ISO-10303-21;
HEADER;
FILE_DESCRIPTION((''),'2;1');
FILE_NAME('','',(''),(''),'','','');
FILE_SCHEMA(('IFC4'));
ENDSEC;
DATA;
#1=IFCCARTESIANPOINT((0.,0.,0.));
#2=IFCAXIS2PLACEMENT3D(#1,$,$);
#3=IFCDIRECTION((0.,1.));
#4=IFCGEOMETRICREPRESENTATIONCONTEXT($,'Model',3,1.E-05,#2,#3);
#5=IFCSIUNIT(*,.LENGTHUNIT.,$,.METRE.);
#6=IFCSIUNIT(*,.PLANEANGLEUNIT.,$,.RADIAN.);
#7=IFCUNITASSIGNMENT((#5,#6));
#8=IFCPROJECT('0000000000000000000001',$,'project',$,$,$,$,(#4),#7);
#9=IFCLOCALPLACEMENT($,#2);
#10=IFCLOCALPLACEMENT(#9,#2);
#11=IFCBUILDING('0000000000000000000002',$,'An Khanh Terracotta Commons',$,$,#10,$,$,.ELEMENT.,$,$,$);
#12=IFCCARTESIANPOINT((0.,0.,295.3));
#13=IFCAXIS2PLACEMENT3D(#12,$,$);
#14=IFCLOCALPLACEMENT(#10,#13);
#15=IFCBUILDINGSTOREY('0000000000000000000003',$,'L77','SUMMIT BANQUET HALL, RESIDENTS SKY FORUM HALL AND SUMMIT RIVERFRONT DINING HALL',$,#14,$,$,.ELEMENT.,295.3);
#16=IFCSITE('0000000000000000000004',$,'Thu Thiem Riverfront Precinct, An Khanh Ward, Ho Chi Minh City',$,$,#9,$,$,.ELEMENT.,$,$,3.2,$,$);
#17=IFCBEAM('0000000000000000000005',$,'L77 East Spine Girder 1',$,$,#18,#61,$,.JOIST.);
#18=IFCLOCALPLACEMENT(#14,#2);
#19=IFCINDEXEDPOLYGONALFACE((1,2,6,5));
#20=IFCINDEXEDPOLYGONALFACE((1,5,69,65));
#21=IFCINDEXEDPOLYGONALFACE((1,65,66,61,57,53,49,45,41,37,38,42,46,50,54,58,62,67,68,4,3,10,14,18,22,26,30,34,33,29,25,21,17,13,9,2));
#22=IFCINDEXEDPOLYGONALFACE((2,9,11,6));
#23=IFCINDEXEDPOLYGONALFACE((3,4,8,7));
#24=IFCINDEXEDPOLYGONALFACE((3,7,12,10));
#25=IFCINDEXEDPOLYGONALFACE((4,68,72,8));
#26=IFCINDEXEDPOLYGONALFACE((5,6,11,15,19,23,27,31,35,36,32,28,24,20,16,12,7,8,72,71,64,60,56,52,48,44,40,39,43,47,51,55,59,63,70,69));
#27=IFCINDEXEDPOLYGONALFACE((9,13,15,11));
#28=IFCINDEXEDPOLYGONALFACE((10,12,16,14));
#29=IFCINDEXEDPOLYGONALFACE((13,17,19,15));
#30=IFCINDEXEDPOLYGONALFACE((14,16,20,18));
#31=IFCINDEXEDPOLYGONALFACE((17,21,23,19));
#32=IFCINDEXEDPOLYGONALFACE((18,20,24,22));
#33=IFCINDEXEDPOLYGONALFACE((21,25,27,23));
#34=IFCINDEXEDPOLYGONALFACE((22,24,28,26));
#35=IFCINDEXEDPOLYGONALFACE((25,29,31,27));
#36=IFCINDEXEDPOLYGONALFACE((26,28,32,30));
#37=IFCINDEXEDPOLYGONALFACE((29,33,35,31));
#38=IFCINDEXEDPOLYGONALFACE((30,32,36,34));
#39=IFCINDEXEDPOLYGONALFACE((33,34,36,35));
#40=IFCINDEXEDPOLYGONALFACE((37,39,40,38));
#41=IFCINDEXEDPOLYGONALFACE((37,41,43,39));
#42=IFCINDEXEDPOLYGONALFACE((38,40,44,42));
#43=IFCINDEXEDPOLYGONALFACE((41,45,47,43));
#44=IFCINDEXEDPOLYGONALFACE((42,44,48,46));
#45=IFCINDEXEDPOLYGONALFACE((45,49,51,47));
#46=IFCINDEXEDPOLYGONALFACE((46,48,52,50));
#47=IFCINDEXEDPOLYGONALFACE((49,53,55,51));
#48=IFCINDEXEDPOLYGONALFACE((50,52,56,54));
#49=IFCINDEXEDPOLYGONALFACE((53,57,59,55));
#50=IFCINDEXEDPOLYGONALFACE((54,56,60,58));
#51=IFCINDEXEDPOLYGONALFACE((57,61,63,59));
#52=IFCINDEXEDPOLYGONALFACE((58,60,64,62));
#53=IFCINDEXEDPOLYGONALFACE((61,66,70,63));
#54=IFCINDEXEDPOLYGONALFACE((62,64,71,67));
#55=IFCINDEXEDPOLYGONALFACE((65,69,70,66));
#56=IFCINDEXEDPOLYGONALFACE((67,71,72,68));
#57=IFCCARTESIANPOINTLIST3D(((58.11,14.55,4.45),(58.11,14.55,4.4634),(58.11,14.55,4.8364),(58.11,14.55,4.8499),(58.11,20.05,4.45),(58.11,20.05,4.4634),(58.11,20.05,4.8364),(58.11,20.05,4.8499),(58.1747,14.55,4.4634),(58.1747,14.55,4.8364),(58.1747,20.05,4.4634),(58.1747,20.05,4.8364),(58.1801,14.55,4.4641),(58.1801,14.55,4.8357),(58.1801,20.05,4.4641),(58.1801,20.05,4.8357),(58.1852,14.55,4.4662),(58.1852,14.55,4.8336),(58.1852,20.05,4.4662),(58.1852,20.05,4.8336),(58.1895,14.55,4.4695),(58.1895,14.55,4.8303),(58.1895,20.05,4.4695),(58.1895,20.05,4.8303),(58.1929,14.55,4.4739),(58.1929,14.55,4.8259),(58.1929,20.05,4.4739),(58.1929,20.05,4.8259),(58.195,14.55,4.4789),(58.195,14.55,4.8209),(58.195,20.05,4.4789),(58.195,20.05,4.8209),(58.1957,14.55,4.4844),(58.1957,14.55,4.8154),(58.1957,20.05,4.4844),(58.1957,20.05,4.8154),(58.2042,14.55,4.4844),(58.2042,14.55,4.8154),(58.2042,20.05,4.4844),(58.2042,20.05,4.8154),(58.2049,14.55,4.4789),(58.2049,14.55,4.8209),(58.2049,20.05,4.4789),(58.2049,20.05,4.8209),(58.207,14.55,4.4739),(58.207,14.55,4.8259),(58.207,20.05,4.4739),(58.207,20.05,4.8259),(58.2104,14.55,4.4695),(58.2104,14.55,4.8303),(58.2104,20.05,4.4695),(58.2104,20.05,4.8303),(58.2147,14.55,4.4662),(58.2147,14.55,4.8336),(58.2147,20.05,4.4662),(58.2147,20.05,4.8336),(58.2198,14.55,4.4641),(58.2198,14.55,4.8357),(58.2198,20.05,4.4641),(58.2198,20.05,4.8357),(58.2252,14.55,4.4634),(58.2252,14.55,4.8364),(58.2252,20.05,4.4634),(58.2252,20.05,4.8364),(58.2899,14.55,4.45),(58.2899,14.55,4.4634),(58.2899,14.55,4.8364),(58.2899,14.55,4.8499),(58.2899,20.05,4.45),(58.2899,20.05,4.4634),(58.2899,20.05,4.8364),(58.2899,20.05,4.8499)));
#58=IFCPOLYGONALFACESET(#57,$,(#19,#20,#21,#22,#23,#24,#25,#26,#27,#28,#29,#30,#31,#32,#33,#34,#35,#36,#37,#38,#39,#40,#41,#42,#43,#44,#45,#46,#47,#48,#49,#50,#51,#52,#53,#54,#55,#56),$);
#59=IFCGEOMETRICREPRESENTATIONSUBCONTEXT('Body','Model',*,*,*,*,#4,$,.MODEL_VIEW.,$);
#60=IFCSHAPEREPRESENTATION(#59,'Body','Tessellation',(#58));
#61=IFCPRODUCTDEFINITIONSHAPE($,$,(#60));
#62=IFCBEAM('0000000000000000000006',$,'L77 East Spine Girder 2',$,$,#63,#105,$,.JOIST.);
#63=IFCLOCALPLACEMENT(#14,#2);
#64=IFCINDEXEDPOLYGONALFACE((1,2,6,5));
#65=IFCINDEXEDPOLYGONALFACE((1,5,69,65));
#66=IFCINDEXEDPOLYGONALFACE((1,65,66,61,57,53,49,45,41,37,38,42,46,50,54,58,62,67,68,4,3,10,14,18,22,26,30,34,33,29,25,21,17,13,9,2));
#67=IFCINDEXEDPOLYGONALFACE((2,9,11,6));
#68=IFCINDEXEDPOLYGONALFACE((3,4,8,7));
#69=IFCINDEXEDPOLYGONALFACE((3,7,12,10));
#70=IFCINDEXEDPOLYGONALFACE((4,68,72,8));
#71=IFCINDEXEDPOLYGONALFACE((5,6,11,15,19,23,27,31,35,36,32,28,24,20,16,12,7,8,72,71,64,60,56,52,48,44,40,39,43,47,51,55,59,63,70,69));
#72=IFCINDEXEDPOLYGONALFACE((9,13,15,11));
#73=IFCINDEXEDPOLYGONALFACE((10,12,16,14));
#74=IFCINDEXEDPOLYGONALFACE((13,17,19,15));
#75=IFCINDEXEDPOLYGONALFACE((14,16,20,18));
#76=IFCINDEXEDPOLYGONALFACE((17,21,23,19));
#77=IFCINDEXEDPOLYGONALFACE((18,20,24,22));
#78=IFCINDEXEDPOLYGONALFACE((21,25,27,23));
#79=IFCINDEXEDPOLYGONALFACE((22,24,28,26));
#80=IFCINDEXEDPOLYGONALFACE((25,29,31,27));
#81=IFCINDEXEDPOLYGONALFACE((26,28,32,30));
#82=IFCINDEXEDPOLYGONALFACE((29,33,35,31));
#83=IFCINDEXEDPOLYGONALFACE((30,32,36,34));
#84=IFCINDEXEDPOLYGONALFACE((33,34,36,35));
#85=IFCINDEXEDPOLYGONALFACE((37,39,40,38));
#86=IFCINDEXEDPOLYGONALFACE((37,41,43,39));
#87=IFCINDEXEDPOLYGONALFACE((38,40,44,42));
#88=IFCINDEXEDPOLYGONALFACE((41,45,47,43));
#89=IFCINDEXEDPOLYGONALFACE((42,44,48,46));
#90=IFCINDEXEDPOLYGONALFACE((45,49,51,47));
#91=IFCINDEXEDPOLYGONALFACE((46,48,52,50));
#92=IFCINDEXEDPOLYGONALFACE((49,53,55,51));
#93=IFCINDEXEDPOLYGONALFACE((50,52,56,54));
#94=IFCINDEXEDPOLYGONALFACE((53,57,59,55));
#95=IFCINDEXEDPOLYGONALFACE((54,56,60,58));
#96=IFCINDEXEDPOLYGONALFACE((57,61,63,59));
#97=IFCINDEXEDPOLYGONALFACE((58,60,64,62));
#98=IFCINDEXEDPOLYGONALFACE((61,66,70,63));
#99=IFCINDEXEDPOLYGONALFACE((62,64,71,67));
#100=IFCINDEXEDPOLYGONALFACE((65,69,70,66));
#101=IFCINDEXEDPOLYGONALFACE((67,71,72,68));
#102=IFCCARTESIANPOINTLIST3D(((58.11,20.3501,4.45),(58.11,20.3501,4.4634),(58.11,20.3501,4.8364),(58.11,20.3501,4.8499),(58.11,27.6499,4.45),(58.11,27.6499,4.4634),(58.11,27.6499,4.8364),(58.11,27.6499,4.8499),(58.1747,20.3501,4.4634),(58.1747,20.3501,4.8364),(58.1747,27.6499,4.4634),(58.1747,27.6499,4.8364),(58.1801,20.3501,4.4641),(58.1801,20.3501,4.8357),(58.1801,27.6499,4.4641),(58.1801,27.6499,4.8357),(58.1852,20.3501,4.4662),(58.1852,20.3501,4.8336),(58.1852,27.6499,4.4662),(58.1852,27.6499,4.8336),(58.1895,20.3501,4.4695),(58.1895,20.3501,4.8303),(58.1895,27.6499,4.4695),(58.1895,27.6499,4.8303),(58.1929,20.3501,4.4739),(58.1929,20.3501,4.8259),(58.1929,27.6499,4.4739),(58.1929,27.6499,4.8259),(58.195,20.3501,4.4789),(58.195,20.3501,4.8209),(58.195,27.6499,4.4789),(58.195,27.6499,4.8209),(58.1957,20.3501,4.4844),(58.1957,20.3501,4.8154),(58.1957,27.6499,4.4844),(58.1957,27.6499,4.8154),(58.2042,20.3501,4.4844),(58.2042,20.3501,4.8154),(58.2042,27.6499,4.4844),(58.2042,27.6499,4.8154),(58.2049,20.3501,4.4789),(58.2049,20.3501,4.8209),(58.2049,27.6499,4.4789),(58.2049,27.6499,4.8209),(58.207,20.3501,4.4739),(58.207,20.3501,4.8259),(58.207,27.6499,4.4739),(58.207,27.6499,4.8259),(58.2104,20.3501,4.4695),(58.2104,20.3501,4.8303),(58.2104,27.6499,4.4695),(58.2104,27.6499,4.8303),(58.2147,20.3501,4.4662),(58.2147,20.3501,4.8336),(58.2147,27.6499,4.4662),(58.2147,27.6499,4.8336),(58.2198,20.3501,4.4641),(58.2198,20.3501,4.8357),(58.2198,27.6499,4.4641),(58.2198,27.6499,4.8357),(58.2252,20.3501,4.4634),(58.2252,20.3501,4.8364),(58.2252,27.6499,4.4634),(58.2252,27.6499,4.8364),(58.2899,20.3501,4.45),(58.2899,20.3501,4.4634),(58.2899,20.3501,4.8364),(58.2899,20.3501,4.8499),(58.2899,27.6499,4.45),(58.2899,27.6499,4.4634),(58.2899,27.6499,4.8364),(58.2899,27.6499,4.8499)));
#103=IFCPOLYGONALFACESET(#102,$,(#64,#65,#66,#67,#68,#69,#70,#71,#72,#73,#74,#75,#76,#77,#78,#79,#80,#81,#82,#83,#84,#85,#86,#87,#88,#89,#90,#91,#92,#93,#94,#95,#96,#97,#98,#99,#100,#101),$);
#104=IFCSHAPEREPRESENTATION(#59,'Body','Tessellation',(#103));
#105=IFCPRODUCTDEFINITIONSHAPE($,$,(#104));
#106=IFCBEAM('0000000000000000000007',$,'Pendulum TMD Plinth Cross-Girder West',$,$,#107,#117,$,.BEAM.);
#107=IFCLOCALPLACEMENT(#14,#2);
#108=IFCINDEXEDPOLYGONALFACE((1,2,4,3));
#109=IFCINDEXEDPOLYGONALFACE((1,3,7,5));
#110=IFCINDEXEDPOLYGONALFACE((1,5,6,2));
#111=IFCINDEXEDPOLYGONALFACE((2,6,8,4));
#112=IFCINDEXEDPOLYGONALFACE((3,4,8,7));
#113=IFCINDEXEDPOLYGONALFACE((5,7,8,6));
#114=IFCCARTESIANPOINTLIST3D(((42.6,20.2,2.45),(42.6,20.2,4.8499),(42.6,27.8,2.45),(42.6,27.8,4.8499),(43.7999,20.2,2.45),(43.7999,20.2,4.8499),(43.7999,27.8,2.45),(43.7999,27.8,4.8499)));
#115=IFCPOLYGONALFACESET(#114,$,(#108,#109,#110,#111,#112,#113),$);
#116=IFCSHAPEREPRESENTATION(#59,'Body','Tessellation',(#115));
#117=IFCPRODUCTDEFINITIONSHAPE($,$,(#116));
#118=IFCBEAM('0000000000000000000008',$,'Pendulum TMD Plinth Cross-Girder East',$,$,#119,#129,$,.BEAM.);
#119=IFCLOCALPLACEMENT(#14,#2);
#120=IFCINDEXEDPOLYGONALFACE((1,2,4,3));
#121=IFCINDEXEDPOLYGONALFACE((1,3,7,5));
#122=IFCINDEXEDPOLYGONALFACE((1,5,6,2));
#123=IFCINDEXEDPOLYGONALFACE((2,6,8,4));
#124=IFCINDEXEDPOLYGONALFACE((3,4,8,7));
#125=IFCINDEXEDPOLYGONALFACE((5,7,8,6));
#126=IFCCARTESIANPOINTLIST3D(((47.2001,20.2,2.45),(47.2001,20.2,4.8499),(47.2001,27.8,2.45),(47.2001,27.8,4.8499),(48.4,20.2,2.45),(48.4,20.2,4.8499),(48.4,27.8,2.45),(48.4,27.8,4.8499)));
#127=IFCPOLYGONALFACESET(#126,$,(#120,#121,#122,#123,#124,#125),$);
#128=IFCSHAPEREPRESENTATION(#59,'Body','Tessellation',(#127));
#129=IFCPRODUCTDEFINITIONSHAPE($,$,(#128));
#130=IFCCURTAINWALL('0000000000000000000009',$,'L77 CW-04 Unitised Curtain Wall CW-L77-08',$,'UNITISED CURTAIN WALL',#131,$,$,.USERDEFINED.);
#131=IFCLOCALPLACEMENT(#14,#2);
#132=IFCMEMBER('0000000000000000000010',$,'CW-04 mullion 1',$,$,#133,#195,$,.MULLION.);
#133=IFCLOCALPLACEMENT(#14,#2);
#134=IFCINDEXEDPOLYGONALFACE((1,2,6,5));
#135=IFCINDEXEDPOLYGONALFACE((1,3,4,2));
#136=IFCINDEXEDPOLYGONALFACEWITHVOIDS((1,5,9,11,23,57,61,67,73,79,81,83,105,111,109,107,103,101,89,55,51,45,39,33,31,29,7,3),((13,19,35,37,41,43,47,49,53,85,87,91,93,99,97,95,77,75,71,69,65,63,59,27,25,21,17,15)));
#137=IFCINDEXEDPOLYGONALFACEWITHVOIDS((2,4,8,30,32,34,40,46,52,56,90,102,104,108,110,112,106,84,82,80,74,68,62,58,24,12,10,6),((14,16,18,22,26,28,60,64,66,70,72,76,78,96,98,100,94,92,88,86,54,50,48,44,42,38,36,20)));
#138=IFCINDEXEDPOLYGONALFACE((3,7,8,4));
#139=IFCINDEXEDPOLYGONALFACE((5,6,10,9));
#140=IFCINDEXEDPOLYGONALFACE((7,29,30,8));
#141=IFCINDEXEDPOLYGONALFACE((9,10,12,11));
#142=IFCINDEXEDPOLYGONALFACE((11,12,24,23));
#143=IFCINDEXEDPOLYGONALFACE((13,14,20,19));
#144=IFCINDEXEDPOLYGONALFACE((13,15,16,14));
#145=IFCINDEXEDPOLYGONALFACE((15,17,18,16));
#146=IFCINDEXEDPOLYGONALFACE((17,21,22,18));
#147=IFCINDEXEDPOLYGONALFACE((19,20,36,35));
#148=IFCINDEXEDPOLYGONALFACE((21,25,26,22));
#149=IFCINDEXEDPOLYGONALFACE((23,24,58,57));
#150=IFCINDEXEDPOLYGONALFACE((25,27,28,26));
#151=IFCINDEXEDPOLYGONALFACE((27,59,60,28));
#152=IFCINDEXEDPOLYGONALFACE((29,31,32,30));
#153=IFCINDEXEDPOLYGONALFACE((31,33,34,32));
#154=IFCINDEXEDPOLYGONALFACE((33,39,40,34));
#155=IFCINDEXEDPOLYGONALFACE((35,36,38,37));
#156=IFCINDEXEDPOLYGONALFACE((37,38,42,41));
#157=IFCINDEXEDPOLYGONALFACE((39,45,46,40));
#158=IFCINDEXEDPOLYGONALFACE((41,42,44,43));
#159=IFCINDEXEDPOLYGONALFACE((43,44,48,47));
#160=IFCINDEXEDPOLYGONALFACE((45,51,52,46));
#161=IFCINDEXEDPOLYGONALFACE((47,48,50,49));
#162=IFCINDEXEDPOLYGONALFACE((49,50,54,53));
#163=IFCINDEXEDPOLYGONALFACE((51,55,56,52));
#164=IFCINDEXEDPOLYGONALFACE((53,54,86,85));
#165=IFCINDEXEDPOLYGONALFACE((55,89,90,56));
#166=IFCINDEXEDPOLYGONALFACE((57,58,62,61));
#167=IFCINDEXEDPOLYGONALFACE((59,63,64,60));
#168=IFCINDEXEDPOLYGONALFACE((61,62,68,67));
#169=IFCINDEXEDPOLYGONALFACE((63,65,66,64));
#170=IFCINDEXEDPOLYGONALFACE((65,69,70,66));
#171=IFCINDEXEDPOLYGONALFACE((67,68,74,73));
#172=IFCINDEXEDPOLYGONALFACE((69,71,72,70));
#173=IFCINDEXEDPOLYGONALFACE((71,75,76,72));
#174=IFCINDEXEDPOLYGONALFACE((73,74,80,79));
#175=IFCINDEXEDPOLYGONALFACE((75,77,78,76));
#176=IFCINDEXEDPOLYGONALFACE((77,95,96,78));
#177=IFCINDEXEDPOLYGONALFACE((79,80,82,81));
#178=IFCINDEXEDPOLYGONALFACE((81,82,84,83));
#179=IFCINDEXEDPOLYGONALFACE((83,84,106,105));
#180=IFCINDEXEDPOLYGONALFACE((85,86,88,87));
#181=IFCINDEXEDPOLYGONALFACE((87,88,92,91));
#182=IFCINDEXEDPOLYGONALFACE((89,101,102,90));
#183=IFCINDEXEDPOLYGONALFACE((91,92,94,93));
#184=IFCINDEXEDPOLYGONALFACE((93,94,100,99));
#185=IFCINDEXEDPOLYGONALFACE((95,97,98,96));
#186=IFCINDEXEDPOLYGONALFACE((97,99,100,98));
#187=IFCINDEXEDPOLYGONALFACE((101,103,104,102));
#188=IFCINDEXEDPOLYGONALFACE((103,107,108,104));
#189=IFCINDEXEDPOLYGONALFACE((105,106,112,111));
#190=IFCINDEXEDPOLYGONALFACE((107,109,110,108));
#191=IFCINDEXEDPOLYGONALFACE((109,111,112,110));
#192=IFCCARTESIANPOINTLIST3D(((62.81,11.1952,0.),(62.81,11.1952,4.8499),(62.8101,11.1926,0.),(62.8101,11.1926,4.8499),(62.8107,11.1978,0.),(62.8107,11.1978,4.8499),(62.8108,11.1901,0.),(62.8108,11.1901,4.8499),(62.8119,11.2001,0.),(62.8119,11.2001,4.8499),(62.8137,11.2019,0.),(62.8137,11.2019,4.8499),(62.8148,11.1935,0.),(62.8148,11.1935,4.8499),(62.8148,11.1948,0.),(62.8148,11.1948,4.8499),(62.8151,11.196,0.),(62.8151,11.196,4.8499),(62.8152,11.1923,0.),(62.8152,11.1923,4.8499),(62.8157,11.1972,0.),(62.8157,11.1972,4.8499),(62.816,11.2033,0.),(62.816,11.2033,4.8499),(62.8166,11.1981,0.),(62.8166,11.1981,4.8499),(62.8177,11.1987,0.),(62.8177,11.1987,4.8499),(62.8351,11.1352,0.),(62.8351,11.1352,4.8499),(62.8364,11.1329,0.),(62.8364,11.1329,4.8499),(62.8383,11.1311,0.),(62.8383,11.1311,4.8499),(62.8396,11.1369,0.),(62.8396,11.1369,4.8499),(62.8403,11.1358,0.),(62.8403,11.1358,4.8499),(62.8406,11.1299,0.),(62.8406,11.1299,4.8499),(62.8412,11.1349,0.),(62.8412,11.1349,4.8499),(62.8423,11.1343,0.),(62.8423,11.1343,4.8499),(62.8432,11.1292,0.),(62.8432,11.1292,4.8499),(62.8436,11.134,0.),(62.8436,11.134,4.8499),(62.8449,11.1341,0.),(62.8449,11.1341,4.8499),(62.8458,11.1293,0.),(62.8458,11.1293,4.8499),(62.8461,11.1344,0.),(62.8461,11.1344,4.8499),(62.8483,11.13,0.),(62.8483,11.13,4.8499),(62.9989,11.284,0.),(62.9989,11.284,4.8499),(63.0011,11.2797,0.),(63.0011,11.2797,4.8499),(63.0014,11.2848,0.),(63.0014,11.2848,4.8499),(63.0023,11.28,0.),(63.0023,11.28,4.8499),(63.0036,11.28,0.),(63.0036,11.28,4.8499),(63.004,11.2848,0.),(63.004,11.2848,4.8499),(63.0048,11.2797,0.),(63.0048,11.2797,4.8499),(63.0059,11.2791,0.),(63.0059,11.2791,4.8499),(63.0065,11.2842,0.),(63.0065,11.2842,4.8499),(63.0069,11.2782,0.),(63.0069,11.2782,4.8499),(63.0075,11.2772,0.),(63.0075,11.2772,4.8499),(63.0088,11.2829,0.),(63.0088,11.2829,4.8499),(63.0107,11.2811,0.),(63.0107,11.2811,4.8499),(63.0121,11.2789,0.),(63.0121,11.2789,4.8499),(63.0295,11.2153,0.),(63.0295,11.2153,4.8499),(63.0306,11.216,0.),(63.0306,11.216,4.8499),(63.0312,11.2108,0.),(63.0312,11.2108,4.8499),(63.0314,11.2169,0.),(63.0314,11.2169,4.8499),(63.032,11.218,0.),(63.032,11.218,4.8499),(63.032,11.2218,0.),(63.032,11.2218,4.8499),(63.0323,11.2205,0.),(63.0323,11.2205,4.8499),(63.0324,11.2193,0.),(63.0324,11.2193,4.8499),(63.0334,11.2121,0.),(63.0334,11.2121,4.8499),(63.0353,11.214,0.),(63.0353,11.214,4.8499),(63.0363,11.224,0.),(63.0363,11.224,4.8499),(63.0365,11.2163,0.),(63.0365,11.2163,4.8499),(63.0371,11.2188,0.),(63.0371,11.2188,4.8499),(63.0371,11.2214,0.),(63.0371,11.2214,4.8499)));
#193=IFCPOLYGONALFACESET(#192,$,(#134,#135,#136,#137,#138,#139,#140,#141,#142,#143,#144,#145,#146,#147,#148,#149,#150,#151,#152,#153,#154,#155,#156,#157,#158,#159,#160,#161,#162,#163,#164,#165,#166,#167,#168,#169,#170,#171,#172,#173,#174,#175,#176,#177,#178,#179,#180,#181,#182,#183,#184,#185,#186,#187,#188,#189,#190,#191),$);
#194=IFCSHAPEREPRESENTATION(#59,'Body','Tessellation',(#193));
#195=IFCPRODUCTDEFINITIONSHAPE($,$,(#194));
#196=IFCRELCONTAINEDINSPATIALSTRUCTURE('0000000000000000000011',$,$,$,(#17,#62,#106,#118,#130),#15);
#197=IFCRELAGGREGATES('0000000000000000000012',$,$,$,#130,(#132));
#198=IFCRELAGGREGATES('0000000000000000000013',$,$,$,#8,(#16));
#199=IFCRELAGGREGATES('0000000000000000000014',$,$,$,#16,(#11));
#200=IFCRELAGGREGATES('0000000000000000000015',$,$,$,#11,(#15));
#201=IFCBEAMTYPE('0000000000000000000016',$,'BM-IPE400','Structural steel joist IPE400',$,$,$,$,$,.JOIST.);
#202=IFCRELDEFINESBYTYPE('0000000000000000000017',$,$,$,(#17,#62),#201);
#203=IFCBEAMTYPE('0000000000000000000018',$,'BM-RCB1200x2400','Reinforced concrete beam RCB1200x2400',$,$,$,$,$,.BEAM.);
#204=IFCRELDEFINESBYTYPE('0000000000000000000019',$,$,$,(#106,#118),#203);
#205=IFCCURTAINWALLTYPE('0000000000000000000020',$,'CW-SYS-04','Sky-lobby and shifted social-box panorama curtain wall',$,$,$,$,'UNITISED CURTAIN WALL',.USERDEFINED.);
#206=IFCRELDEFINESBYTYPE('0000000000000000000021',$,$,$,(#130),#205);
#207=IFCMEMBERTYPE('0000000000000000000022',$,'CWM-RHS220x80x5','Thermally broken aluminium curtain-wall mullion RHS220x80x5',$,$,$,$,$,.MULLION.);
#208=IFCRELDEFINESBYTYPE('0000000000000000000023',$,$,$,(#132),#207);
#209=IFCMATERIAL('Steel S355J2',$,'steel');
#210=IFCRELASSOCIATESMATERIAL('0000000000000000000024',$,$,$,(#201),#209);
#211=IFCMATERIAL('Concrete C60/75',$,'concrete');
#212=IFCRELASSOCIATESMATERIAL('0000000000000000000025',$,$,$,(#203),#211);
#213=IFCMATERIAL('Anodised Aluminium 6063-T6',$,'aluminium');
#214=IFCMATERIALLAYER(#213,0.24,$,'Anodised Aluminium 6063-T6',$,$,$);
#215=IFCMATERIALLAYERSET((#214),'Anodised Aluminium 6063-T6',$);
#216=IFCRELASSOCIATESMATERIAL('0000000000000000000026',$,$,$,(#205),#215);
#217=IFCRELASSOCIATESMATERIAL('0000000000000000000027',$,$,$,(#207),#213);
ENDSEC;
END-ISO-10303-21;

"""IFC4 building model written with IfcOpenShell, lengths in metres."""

from ifc_helpers import new_model, si_unit, direction, frame, origin, origin_2d, place, context, subcontext, project, spatial, rectangle, hollow_rectangle, i_section, extrude, material, layer, layer_set, material_profile, profile_set, type_object, element, aggregate, save


model = new_model("IFC4")

# Units and contexts
model_context = context("Model", 3, precision=1e-05, world=origin(), true_north=direction((0.0, 1.0)))
body_context = subcontext(model_context, "Body", "Model", "MODEL_VIEW")
ifc_project = project(units=[si_unit("LENGTHUNIT", "METRE"), si_unit("PLANEANGLEUNIT", "RADIAN")], contexts=[model_context])

# Site, building, storey
site_placement = place(None, origin())
site = spatial("IfcSite", under=ifc_project, at=site_placement, Name="Thu Thiem Riverfront Precinct, An Khanh Ward, Ho Chi Minh City", CompositionType="ELEMENT", RefElevation=3.2)
building_placement = place(site_placement, origin())
building = spatial("IfcBuilding", under=site, at=building_placement, Name="An Khanh Terracotta Commons", CompositionType="ELEMENT")
storey_placement = place(building_placement, frame((0.0, 0.0, 295.3)))
storey = spatial("IfcBuildingStorey", under=building, at=storey_placement, Name="L77", Description="SUMMIT BANQUET HALL, RESIDENTS SKY FORUM HALL AND SUMMIT RIVERFRONT DINING HALL", CompositionType="ELEMENT", Elevation=295.3)

# Beams
ifc_material_1 = material(Name="Steel S355J2", Category="steel")
ifc_material_profile_1 = material_profile(ifc_material_1, i_section(OverallWidth=0.1799, OverallDepth=0.3999, WebThickness=0.0085, FlangeThickness=0.0134, FilletRadius=0.021, at=origin_2d()), Name="IPE400")
ifc_profile_set_1 = profile_set([ifc_material_profile_1], Name="Steel S355J2")
beam_type_1 = type_object("IfcBeamType", Name="BM-IPE400", Description="Structural steel joist IPE400", PredefinedType="JOIST", material=ifc_profile_set_1)
beam_1_placement = place(storey_placement, frame((58.2, 14.55, 4.6499), z_axis=(0.0, 1.0, 0.0), x_axis=(-1.0, 0.0, 0.0)))
element("IfcBeam", 1, at=beam_1_placement, inside=storey, type_object=beam_type_1, Name="L77 East Spine Girder 1", PredefinedType="JOIST", context=body_context, shape_type="SweptSolid", body=[
    extrude(i_section(OverallWidth=0.1799, OverallDepth=0.3999, WebThickness=0.0085, FlangeThickness=0.0134, FilletRadius=0.021, at=origin_2d()), origin(), (0.0, 0.0, 1.0), 5.5),
])
beam_2_placement = place(storey_placement, frame((58.2, 20.3501, 4.6499), z_axis=(0.0, 1.0, 0.0), x_axis=(-1.0, 0.0, 0.0)))
element("IfcBeam", 2, at=beam_2_placement, inside=storey, type_object=beam_type_1, Name="L77 East Spine Girder 2", PredefinedType="JOIST", context=body_context, shape_type="SweptSolid", body=[
    extrude(i_section(OverallWidth=0.1799, OverallDepth=0.3999, WebThickness=0.0085, FlangeThickness=0.0134, FilletRadius=0.021, at=origin_2d()), origin(), (0.0, 0.0, 1.0), 7.2998),
])
ifc_material_2 = material(Name="Concrete C60/75", Category="concrete")
ifc_material_profile_2 = material_profile(ifc_material_2, rectangle(XDim=1.2, YDim=2.3999, at=origin_2d()), Name="RCB1200x2400")
ifc_profile_set_2 = profile_set([ifc_material_profile_2], Name="Concrete C60/75")
beam_type_2 = type_object("IfcBeamType", Name="BM-RCB1200x2400", Description="Reinforced concrete beam RCB1200x2400", PredefinedType="BEAM", material=ifc_profile_set_2)
for number, where, z_axis, x_axis, name in (
    (3, (43.2, 20.2, 3.6499), (0.0, 1.0, 0.0), (-1.0, 0.0, 0.0), "Pendulum TMD Plinth Cross-Girder West"),
    (4, (47.8, 20.2, 3.6499), (0.0, 1.0, 0.0), (-1.0, 0.0, 0.0), "Pendulum TMD Plinth Cross-Girder East"),
):
    element("IfcBeam", number, at=place(storey_placement, frame(where, z_axis=z_axis, x_axis=x_axis)), inside=storey, type_object=beam_type_2, Name=name, PredefinedType="BEAM", context=body_context, shape_type="SweptSolid", body=[
        extrude(rectangle(XDim=1.2, YDim=2.3999, at=origin_2d()), origin(), (0.0, 0.0, 1.0), 7.6001),
    ])

# Curtain wall, member
ifc_material_3 = material(Name="Anodised Aluminium 6063-T6", Category="aluminium")
ifc_layer_1 = layer(ifc_material_3, 0.24, Name="Anodised Aluminium 6063-T6")
ifc_layer_set_1 = layer_set([ifc_layer_1], Name="Anodised Aluminium 6063-T6")
curtain_wall_type = type_object("IfcCurtainWallType", Name="CW-SYS-04", Description="Sky-lobby and shifted social-box panorama curtain wall", ElementType="UNITISED CURTAIN WALL", PredefinedType="USERDEFINED", material=ifc_layer_set_1)
curtain_wall_placement = place(storey_placement, origin())
curtain_wall = element("IfcCurtainWall", 5, at=curtain_wall_placement, inside=storey, type_object=curtain_wall_type, Name="L77 CW-04 Unitised Curtain Wall CW-L77-08", ObjectType="UNITISED CURTAIN WALL", PredefinedType="USERDEFINED")
ifc_material_profile_3 = material_profile(ifc_material_3, hollow_rectangle(XDim=0.0801, YDim=0.22, WallThickness=0.0049, InnerFilletRadius=0.0049, OuterFilletRadius=0.01, at=origin_2d()), Name="RHS220x80x5")
ifc_profile_set_3 = profile_set([ifc_material_profile_3], Name="Anodised Aluminium 6063-T6")
member_type_1 = type_object("IfcMemberType", Name="CWM-RHS220x80x5", Description="Thermally broken aluminium curtain-wall mullion RHS220x80x5", PredefinedType="MULLION", material=ifc_profile_set_3)
member_1_placement = place(storey_placement, frame((62.9236, 11.207, 0.0), z_axis=(0.0, 0.0, 1.0), x_axis=(-0.403676, 0.914902, 0.0)))
member_1 = element("IfcMember", 6, at=member_1_placement, type_object=member_type_1, Name="CW-04 mullion 1", PredefinedType="MULLION", context=body_context, shape_type="SweptSolid", body=[
    extrude(hollow_rectangle(XDim=0.0801, YDim=0.22, WallThickness=0.0049, InnerFilletRadius=0.0049, OuterFilletRadius=0.01, at=origin_2d()), origin(), (0.0, 0.0, 1.0), 4.8499),
])
aggregate(curtain_wall, [member_1])

save(model, "model.ifc")
